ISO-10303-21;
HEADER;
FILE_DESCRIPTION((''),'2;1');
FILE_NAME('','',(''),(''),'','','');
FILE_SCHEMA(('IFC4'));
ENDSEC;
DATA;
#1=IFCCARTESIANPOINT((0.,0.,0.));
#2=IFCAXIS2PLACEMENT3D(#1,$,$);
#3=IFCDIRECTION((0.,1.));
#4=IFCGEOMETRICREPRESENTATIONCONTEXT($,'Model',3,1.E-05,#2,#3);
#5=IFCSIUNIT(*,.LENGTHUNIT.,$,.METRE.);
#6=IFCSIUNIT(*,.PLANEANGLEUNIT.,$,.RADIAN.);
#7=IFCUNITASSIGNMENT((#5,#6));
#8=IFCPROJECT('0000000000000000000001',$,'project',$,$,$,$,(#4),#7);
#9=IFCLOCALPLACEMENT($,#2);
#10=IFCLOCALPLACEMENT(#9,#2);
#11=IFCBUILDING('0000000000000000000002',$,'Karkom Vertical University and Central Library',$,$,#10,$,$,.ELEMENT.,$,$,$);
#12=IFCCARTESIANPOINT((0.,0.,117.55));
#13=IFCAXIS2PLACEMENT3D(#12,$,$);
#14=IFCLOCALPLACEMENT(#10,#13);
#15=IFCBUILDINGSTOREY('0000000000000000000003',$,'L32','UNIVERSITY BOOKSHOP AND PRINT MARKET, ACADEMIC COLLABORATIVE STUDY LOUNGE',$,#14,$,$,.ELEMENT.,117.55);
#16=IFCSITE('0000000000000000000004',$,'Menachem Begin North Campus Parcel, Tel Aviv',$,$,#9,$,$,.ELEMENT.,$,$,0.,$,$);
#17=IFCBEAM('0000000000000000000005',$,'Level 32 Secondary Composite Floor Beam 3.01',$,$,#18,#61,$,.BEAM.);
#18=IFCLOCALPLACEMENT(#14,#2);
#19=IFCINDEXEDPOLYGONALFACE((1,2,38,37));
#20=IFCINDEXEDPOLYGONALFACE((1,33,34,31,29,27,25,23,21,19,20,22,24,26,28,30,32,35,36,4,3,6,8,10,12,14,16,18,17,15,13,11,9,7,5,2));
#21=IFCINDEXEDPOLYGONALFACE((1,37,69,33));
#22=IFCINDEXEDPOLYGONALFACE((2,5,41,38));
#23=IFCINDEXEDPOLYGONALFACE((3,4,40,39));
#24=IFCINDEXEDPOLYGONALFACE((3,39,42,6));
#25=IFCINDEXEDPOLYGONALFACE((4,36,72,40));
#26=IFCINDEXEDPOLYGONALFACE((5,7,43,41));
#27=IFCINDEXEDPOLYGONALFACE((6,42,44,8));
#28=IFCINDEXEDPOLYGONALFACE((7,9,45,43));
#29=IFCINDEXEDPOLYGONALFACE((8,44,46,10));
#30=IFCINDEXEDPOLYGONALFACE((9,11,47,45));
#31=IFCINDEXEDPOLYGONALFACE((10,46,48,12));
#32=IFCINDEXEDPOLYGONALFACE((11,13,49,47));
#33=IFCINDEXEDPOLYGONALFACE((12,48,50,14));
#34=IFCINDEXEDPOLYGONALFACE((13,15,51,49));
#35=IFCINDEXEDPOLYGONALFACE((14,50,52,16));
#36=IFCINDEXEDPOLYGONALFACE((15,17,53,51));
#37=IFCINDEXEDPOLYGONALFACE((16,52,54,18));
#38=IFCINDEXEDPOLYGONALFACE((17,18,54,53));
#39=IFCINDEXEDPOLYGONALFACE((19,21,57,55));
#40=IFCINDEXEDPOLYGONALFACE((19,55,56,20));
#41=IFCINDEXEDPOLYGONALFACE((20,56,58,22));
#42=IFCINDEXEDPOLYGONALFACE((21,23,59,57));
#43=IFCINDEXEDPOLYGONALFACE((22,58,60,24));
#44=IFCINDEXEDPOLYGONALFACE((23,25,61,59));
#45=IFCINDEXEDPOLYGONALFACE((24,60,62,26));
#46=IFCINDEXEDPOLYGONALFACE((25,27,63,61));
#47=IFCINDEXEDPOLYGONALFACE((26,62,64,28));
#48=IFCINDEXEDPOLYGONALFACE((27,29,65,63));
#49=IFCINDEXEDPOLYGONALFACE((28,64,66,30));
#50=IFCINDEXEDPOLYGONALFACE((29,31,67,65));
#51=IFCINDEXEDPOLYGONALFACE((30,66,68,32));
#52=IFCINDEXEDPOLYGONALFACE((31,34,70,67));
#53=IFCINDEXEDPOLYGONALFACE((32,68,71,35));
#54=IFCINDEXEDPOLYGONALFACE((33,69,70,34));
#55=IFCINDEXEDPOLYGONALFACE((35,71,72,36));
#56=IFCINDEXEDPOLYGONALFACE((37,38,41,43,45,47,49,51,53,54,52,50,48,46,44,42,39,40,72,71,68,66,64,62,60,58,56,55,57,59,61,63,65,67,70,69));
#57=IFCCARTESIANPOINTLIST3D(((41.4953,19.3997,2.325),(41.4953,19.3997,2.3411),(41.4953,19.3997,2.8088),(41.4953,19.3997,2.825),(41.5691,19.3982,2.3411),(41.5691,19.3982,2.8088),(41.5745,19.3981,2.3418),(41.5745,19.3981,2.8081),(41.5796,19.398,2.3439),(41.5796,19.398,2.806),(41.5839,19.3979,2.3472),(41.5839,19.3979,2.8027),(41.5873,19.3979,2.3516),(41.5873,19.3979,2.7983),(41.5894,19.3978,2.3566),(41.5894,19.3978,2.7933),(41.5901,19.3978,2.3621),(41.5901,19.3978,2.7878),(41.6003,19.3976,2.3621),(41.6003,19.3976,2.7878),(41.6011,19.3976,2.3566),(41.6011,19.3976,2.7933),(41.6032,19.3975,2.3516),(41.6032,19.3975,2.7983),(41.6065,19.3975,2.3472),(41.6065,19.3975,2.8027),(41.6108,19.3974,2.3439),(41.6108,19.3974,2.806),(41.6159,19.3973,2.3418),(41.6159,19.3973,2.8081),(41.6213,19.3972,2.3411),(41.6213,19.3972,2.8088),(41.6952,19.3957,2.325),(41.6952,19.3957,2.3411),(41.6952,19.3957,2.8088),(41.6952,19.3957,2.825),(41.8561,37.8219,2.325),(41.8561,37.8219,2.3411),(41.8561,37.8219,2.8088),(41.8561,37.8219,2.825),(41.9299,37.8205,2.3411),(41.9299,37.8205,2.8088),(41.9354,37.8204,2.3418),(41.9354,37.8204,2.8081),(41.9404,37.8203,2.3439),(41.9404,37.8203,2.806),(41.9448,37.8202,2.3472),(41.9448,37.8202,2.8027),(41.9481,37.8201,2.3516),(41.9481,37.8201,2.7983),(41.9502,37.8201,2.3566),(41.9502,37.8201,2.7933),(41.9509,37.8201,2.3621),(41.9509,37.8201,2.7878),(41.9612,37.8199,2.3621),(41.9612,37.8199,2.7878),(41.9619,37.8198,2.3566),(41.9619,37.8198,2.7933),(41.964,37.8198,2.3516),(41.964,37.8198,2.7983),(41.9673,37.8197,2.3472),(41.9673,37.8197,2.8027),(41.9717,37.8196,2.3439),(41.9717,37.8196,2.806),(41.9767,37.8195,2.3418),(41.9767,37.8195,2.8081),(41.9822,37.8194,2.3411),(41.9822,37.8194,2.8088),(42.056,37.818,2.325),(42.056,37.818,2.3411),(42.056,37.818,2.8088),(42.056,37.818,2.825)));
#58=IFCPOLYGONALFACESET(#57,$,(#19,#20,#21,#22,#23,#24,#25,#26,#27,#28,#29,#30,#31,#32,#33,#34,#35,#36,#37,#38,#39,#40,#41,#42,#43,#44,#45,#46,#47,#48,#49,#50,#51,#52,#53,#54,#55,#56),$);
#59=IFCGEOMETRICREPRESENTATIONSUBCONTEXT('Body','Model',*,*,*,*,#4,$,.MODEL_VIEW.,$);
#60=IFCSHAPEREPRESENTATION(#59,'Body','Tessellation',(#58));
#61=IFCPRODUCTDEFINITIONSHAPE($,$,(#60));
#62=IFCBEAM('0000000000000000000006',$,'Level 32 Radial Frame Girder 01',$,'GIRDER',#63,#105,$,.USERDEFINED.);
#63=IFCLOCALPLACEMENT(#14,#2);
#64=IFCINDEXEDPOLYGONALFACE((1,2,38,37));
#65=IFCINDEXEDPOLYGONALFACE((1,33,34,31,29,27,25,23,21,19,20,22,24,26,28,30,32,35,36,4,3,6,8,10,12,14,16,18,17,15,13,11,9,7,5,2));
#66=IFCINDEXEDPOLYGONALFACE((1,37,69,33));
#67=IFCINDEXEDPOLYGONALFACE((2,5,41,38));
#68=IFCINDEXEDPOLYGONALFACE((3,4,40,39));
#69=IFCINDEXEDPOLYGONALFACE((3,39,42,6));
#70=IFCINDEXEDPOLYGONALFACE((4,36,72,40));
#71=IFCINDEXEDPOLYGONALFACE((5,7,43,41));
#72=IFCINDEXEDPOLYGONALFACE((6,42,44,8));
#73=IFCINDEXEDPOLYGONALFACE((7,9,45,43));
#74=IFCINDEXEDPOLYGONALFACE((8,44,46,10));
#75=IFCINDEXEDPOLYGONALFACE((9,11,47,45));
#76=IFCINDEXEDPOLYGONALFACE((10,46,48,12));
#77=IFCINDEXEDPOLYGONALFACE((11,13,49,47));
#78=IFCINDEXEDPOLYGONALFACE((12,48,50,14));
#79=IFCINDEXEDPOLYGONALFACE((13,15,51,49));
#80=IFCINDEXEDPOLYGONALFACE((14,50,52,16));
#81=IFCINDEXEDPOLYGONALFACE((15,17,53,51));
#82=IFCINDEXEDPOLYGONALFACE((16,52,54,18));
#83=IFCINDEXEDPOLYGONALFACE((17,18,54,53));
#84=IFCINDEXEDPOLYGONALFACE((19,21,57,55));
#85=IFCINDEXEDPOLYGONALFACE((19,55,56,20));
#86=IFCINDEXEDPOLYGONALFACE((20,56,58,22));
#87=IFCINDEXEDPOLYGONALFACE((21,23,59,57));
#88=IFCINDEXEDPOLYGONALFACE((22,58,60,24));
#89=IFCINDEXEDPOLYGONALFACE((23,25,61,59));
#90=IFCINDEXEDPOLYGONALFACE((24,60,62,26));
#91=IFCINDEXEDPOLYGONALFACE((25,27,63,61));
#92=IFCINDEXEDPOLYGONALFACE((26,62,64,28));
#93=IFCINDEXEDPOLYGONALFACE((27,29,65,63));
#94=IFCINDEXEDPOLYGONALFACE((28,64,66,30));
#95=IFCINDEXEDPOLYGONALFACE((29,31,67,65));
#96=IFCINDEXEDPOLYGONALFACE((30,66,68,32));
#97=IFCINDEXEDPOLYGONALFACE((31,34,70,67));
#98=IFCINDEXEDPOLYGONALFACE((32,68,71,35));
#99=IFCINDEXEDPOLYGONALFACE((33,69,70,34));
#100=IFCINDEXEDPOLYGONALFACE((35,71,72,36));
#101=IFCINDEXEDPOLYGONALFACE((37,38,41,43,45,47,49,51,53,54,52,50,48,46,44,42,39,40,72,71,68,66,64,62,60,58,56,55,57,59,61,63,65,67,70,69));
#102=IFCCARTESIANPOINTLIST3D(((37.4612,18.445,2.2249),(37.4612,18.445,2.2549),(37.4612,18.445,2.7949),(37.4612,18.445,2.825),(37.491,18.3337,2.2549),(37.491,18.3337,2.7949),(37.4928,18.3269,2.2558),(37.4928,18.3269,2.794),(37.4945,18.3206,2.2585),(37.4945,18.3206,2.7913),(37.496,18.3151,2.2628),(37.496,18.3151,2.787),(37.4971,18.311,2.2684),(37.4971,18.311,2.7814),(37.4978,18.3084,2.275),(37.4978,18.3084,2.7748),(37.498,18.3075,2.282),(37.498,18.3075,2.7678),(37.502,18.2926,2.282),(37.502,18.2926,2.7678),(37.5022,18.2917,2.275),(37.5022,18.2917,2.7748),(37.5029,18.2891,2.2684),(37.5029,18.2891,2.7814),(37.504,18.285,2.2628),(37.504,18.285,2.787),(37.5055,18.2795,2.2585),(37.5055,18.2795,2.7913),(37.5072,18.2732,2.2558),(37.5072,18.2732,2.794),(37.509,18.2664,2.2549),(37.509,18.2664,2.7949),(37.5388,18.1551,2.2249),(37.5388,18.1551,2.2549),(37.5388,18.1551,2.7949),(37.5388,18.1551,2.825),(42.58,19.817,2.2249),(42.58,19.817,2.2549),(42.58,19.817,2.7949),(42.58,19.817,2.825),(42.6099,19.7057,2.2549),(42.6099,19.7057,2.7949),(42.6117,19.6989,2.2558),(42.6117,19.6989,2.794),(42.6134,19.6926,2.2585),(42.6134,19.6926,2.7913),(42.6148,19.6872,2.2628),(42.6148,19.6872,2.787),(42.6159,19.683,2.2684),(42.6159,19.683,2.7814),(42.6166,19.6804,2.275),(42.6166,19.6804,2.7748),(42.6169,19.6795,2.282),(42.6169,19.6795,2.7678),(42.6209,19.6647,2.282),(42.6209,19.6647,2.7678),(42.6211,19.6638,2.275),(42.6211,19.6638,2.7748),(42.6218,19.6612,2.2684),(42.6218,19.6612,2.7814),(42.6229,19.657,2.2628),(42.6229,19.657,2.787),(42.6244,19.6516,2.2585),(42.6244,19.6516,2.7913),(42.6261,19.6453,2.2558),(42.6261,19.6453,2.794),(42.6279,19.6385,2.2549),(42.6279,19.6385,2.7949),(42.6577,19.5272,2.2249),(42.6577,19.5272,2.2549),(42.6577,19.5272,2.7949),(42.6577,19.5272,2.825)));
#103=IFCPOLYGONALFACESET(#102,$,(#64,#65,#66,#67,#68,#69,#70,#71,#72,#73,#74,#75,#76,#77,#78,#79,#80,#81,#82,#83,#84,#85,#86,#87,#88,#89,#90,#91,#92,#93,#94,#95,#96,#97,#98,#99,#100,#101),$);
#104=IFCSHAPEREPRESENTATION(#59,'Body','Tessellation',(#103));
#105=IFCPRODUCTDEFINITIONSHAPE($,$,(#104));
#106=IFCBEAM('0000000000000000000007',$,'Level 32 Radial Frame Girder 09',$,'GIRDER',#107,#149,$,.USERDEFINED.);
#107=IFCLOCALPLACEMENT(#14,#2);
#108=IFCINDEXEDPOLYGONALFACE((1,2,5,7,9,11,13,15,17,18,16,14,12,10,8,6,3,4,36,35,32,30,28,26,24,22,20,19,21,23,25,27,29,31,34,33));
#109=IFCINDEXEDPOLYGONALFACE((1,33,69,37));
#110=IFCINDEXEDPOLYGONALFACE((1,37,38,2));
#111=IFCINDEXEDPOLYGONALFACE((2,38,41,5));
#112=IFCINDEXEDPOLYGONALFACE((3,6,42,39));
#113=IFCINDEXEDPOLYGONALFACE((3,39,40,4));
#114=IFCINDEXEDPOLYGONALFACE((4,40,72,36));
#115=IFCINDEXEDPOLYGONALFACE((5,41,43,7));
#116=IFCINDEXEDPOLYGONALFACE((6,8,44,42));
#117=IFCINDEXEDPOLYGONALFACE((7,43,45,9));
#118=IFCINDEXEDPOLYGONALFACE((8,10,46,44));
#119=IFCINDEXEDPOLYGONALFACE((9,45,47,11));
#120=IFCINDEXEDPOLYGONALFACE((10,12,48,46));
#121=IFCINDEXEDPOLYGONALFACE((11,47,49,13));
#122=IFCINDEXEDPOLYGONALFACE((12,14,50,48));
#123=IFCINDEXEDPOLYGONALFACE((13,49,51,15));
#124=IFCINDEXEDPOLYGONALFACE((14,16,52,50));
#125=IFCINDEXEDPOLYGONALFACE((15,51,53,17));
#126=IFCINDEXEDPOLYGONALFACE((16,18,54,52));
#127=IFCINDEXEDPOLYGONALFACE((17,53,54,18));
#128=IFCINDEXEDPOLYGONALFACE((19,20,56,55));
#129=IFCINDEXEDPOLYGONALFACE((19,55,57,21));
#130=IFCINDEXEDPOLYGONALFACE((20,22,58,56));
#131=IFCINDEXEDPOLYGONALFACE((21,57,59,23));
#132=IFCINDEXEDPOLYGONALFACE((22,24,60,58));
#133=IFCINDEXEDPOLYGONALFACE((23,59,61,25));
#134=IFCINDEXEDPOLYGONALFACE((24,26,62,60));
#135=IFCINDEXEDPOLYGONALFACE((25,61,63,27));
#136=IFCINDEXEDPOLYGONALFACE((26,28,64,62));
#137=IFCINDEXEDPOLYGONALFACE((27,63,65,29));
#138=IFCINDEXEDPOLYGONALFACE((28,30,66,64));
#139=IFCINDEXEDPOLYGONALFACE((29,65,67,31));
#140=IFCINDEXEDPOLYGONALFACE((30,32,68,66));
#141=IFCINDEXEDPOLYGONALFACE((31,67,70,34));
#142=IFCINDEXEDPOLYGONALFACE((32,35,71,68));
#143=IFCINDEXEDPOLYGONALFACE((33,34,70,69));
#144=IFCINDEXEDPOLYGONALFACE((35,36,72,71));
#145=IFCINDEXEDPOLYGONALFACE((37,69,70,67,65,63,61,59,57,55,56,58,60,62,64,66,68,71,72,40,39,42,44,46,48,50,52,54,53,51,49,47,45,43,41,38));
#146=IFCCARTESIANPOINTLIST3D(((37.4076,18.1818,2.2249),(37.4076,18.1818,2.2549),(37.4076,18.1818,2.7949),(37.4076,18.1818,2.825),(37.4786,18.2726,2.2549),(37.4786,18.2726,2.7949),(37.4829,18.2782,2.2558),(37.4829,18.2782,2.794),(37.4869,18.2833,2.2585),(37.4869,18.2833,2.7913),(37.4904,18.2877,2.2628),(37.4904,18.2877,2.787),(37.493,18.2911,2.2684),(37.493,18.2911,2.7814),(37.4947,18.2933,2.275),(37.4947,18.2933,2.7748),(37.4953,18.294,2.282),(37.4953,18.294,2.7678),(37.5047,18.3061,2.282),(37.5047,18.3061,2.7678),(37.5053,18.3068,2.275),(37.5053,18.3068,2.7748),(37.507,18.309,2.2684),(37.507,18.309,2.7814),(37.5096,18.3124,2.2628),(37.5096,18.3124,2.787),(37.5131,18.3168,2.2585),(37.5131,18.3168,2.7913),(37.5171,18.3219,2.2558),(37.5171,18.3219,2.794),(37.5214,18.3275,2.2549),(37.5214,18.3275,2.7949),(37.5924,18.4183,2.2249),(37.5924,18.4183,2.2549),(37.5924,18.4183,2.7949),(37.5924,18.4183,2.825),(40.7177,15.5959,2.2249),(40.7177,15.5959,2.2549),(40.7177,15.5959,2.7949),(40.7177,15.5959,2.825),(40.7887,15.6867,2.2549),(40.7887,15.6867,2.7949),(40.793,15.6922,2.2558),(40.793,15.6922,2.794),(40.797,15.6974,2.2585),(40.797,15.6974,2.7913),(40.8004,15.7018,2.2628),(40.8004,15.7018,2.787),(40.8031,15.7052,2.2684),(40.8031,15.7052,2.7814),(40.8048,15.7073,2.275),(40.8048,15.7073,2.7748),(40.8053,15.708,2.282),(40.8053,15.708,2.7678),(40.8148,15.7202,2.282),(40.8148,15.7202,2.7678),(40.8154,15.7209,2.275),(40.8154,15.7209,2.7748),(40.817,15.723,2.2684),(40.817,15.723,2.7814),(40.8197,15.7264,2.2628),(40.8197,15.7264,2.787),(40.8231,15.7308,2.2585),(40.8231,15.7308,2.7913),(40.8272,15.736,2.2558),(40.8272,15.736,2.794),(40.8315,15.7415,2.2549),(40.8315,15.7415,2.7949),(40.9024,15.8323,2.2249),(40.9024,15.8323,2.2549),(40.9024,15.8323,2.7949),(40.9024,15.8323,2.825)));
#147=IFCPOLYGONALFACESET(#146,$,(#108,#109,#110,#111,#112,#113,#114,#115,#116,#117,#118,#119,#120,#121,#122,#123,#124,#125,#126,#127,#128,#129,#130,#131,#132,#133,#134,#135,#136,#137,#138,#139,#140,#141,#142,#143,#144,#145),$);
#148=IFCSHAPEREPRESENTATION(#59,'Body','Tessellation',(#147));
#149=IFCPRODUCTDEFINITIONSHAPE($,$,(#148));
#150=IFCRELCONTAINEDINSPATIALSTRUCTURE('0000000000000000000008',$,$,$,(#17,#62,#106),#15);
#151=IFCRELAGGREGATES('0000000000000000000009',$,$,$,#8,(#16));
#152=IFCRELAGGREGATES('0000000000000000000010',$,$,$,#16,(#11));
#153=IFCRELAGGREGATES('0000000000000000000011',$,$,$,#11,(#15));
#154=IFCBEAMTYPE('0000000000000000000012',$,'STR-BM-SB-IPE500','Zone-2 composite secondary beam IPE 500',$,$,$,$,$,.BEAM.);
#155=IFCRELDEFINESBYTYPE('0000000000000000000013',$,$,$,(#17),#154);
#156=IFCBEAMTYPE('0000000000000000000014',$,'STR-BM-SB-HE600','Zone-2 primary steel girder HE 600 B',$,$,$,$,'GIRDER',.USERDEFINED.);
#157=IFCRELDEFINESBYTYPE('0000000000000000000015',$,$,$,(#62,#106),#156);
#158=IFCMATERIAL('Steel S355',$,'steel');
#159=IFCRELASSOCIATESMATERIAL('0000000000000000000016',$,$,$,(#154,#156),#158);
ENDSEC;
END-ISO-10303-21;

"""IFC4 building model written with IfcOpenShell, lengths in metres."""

from ifc_helpers import new_model, si_unit, direction, frame, origin, origin_with_axes, origin_2d, place, context, subcontext, project, spatial, i_section, extrude, source, transform, mapped, material, material_profile, profile_set, type_object, element, save


model = new_model("IFC4")

# Units and contexts
model_context = context("Model", 3, precision=1e-05, world=origin(), true_north=direction((0.0, 1.0)))
body_context = subcontext(model_context, "Body", "Model", "MODEL_VIEW")
ifc_project = project(units=[si_unit("LENGTHUNIT", "METRE"), si_unit("PLANEANGLEUNIT", "RADIAN")], contexts=[model_context])

# Site, building, storey
site_placement = place(None, origin())
site = spatial("IfcSite", under=ifc_project, at=site_placement, Name="Menachem Begin North Campus Parcel, Tel Aviv", CompositionType="ELEMENT", RefElevation=0.0)
building_placement = place(site_placement, origin())
building = spatial("IfcBuilding", under=site, at=building_placement, Name="Karkom Vertical University and Central Library", CompositionType="ELEMENT")
storey_placement = place(building_placement, frame((0.0, 0.0, 117.55)))
storey = spatial("IfcBuildingStorey", under=building, at=storey_placement, Name="L32", Description="UNIVERSITY BOOKSHOP AND PRINT MARKET, ACADEMIC COLLABORATIVE STUDY LOUNGE", CompositionType="ELEMENT", Elevation=117.55)

# Beams
ifc_material_1 = material(Name="Steel S355", Category="steel")
ifc_material_profile_1 = material_profile(ifc_material_1, i_section(OverallWidth=0.2, OverallDepth=0.5, WebThickness=0.0103, FlangeThickness=0.0161, FilletRadius=0.021, at=origin_2d()), Name="IPE 500")
ifc_profile_set_1 = profile_set([ifc_material_profile_1], Name="Steel S355")
beam_type_1 = type_object("IfcBeamType", Name="STR-BM-SB-IPE500", Description="Zone-2 composite secondary beam IPE 500", PredefinedType="BEAM", material=ifc_profile_set_1)
shared_shape_1 = source(origin_with_axes(), body_context, "Body", "SweptSolid", [
    extrude(i_section(OverallWidth=0.2, OverallDepth=0.5, WebThickness=0.0103, FlangeThickness=0.0161, FilletRadius=0.021, at=origin_2d()), origin(), (0.0, 0.0, 1.0), 18.4258),
])
beam_1_placement = place(storey_placement, frame((41.5952, 19.3977, 2.575), z_axis=(0.019583, 0.999808, 0.0), x_axis=(-0.999808, 0.019583, 0.0)))
element("IfcBeam", 1, at=beam_1_placement, inside=storey, type_object=beam_type_1, Name="Level 32 Secondary Composite Floor Beam 3.01", PredefinedType="BEAM", context=body_context, shape_type="MappedRepresentation", body=[
    mapped(shared_shape_1, transform((0.0, 0.0, 0.0), scale=1.0)),
])
ifc_material_profile_2 = material_profile(ifc_material_1, i_section(OverallWidth=0.3, OverallDepth=0.6001, WebThickness=0.0154, FlangeThickness=0.03, FilletRadius=0.0271, at=origin_2d()), Name="HE 600 B")
ifc_profile_set_2 = profile_set([ifc_material_profile_2], Name="Steel S355")
beam_type_2 = type_object("IfcBeamType", Name="STR-BM-SB-HE600", Description="Zone-2 primary steel girder HE 600 B", ElementType="GIRDER", PredefinedType="USERDEFINED", material=ifc_profile_set_2)
shared_shape_2 = source(origin_with_axes(), body_context, "Body", "SweptSolid", [
    extrude(i_section(OverallWidth=0.3, OverallDepth=0.6001, WebThickness=0.0154, FlangeThickness=0.03, FilletRadius=0.0271, at=origin_2d()), origin(), (0.0, 0.0, 1.0), 5.2996),
])
beam_2_placement = place(storey_placement, frame((37.5, 18.3, 2.5249), z_axis=(0.965904, 0.258901, 0.0), x_axis=(-0.258901, 0.965904, 0.0)))
element("IfcBeam", 2, at=beam_2_placement, inside=storey, type_object=beam_type_2, Name="Level 32 Radial Frame Girder 01", ObjectType="GIRDER", PredefinedType="USERDEFINED", context=body_context, shape_type="MappedRepresentation", body=[
    mapped(shared_shape_2, transform((0.0, 0.0, 0.0), scale=1.0)),
])
shared_shape_3 = source(origin_with_axes(), body_context, "Body", "SweptSolid", [
    extrude(i_section(OverallWidth=0.3, OverallDepth=0.6001, WebThickness=0.0154, FlangeThickness=0.03, FilletRadius=0.0271, at=origin_2d()), origin(), (0.0, 0.0, 1.0), 4.2004),
])
beam_3_placement = place(storey_placement, frame((37.5, 18.3, 2.5249), z_axis=(0.78803, -0.615637, 0.0), x_axis=(0.615637, 0.78803, 0.0)))
element("IfcBeam", 3, at=beam_3_placement, inside=storey, type_object=beam_type_2, Name="Level 32 Radial Frame Girder 09", ObjectType="GIRDER", PredefinedType="USERDEFINED", context=body_context, shape_type="MappedRepresentation", body=[
    mapped(shared_shape_3, transform((0.0, 0.0, 0.0), scale=1.0)),
])

save(model, "model.ifc")
